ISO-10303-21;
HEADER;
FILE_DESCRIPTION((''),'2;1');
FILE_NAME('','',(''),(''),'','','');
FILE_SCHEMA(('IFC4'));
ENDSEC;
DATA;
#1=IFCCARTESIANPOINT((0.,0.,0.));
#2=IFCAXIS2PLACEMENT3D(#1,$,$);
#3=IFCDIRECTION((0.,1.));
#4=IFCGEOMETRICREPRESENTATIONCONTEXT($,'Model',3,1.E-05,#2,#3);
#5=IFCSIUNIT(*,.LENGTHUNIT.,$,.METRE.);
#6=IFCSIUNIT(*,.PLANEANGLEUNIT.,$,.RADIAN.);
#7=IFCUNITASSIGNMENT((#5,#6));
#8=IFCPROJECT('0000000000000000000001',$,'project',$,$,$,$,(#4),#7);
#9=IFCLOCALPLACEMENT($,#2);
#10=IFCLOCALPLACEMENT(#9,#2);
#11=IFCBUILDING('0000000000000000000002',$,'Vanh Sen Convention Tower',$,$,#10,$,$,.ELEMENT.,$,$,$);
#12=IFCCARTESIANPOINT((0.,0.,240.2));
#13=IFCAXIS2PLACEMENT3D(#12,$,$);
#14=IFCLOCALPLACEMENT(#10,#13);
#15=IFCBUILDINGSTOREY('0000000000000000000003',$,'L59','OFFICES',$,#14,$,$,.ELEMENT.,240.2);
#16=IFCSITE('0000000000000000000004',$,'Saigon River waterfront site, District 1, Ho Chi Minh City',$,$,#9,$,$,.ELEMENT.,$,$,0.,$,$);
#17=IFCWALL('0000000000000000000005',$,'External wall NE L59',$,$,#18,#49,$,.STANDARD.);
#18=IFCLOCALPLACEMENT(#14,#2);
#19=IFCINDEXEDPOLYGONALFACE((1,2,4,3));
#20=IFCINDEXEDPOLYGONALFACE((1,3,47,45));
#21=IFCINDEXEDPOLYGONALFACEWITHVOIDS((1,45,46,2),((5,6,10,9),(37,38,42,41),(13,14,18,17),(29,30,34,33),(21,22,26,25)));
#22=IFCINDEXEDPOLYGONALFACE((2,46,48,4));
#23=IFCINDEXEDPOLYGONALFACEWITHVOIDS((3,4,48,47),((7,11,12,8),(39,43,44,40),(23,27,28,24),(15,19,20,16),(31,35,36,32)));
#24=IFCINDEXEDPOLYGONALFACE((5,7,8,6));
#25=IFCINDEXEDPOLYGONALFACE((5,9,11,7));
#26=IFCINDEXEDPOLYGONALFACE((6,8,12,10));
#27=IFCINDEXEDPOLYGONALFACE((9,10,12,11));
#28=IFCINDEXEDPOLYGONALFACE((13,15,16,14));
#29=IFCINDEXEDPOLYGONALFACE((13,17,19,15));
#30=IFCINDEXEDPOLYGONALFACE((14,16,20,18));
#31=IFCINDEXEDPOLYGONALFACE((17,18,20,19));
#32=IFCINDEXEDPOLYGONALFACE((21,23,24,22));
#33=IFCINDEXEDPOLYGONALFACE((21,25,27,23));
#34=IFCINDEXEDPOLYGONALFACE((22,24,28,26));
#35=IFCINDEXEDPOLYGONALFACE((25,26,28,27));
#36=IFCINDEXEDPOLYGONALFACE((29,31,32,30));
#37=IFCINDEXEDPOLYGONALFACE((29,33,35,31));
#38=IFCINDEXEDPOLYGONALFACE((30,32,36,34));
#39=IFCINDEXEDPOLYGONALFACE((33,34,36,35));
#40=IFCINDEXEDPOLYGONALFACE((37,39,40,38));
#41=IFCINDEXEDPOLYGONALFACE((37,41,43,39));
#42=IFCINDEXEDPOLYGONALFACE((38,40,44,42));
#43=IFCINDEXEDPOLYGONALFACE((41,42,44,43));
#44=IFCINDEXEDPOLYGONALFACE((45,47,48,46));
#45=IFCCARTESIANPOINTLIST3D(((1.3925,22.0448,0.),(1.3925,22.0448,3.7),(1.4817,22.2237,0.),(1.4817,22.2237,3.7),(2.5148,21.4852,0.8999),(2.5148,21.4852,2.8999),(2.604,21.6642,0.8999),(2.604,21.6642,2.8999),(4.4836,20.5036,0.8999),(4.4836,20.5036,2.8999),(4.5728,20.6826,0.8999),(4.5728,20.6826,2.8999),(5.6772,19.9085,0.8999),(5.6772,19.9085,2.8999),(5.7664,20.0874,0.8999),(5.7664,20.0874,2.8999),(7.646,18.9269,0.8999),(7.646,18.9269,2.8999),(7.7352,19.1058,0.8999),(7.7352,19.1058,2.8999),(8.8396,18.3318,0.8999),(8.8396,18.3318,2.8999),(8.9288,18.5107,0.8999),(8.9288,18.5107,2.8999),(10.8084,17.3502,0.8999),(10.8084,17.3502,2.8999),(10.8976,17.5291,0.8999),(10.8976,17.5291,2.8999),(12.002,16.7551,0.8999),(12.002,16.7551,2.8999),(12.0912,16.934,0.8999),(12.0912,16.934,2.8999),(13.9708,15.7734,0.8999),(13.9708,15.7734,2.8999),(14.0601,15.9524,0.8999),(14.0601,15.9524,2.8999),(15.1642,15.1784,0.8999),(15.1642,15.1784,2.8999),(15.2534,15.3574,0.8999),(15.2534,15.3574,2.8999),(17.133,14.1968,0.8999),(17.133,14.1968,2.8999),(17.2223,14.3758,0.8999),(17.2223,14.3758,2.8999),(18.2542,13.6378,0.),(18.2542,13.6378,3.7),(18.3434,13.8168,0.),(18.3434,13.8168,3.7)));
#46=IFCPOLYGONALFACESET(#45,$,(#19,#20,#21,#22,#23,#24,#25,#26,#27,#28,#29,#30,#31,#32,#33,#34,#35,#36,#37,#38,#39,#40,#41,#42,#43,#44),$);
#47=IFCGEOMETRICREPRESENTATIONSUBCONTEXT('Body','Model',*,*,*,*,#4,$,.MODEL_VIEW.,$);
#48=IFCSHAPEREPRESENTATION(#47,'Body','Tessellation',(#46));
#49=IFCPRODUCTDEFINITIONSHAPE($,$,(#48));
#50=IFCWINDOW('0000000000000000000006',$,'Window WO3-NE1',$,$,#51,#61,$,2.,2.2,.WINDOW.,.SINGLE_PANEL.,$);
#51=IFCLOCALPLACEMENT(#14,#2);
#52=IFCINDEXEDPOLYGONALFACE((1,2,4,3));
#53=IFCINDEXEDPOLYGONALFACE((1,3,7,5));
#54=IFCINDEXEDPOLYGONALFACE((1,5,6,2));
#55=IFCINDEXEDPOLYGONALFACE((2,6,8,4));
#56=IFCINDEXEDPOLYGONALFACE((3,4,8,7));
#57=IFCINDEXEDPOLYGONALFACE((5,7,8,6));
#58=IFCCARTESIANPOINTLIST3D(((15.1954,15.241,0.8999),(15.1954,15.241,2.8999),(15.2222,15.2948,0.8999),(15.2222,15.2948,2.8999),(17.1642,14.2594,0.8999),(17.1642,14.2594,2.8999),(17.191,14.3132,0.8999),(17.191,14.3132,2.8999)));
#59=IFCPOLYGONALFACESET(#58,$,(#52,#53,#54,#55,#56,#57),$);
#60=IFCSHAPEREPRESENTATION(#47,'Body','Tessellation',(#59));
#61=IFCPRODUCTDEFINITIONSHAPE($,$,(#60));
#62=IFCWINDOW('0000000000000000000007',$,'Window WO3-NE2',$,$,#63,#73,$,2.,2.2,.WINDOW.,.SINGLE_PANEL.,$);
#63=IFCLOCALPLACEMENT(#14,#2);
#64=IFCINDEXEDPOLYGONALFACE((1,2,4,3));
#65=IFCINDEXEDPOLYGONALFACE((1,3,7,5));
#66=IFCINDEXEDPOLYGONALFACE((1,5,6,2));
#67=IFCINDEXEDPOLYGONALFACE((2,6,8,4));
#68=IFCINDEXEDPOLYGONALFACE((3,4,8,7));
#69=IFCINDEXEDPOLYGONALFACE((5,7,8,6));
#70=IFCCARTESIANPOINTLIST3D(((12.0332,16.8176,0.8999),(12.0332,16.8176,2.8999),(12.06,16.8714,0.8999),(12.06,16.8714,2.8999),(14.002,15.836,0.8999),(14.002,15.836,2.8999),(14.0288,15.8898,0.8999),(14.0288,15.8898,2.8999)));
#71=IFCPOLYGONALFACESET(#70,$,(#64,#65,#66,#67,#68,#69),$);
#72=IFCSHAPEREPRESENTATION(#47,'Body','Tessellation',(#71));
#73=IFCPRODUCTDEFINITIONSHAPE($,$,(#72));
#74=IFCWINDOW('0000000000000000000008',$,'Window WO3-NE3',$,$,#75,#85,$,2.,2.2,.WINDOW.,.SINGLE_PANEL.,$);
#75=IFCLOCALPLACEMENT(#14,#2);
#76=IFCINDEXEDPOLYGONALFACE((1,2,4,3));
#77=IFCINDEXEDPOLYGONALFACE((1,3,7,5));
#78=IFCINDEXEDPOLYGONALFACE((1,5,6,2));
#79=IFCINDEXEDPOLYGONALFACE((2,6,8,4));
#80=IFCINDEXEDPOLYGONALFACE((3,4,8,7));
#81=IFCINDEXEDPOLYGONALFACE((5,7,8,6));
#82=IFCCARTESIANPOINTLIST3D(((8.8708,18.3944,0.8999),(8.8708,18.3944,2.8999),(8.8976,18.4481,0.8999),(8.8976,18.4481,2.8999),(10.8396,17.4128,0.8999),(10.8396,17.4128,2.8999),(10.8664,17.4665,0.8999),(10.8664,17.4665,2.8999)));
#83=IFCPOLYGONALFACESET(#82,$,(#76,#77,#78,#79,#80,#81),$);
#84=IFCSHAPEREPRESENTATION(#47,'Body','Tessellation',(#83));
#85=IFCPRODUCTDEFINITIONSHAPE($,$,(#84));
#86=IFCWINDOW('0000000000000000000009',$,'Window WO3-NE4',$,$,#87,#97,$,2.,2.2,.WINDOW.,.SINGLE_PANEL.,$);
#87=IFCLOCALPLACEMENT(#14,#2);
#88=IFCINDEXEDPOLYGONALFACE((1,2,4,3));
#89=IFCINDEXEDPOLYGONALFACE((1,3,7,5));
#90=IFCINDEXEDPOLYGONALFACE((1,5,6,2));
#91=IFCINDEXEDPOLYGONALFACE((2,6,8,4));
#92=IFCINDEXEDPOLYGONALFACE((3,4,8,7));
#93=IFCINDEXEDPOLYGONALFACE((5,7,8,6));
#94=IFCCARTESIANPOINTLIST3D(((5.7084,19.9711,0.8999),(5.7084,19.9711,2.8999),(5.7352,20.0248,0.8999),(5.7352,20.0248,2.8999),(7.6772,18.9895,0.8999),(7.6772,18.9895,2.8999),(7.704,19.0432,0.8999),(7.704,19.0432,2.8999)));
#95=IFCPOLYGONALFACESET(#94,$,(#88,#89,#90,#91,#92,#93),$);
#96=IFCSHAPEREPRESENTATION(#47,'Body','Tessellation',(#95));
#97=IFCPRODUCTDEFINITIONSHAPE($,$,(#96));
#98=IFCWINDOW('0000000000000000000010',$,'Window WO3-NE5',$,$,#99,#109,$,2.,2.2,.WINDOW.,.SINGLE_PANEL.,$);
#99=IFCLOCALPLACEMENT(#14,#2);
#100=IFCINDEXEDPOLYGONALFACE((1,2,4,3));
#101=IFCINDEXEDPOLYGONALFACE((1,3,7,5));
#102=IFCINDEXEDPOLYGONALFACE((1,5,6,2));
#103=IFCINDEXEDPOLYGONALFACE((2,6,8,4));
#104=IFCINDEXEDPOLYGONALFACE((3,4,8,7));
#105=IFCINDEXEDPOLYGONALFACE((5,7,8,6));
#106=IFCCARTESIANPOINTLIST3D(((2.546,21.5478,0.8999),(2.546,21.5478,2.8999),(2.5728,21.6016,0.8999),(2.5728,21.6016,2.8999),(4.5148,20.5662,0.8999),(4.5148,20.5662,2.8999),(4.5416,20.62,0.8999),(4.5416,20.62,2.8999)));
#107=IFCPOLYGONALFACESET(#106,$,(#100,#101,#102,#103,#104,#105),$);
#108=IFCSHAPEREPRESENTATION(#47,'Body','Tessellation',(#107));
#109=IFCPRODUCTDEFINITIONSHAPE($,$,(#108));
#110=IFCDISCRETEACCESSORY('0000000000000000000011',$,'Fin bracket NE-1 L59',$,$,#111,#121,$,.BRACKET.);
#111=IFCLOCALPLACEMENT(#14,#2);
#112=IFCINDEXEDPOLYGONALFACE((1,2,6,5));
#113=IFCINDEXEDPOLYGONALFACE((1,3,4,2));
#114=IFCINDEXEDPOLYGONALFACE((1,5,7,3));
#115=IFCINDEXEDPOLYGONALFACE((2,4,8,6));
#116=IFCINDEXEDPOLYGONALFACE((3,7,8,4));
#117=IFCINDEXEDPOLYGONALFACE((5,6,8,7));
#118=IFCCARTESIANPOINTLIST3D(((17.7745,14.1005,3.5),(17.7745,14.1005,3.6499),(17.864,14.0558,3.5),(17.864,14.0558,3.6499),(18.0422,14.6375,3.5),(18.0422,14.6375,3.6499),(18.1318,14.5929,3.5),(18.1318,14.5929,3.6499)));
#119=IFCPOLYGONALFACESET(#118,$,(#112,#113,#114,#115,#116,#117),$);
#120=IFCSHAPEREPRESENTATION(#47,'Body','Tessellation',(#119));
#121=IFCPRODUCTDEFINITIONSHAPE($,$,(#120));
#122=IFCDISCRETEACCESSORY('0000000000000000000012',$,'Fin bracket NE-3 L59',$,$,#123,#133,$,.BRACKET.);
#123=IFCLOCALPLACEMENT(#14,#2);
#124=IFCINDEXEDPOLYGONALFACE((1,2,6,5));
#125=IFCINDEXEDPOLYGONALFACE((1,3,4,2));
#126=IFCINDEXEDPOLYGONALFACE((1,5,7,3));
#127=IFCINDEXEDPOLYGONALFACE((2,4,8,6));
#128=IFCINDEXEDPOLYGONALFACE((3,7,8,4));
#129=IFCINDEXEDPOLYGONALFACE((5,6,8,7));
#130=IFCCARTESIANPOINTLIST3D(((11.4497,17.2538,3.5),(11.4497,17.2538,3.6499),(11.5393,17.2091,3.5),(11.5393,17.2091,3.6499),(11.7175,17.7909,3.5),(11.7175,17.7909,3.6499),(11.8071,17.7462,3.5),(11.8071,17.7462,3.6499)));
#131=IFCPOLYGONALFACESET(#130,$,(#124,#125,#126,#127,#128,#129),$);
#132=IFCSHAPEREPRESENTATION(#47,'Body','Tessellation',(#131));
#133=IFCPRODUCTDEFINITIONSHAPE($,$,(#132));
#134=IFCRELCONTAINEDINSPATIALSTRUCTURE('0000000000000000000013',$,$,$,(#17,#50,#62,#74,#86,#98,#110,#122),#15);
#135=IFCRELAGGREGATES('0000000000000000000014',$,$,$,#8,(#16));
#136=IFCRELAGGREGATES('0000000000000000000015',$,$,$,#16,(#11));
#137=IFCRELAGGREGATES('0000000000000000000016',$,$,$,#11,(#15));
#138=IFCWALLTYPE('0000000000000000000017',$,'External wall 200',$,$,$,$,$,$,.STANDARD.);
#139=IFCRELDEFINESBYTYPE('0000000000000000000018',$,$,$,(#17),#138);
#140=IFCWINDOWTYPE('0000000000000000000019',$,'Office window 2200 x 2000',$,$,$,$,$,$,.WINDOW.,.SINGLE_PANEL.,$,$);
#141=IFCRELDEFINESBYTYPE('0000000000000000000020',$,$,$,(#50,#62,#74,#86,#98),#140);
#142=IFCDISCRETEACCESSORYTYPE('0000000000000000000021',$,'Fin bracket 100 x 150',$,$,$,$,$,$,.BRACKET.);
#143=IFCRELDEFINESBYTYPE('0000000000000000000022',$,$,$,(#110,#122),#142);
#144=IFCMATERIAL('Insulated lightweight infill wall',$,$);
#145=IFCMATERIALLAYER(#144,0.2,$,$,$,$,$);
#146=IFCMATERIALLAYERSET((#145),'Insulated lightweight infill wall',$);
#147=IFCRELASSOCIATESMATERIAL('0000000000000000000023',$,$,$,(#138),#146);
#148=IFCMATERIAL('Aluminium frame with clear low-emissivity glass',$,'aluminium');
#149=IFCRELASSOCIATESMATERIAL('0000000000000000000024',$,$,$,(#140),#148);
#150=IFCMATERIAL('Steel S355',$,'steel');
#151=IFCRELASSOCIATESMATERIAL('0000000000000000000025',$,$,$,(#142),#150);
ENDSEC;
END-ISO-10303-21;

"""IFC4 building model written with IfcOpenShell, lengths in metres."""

from ifc_helpers import new_model, si_unit, direction, frame, frame_2d, origin, origin_2d, place, context, subcontext, project, spatial, rectangle, extrude, material, layer, layer_set, type_object, element, fill, save


model = new_model("IFC4")

# Units and contexts
model_context = context("Model", 3, precision=1e-05, world=origin(), true_north=direction((0.0, 1.0)))
body_context = subcontext(model_context, "Body", "Model", "MODEL_VIEW")
ifc_project = project(units=[si_unit("LENGTHUNIT", "METRE"), si_unit("PLANEANGLEUNIT", "RADIAN")], contexts=[model_context])

# Site, building, storey
site_placement = place(None, origin())
site = spatial("IfcSite", under=ifc_project, at=site_placement, Name="Saigon River waterfront site, District 1, Ho Chi Minh City", CompositionType="ELEMENT", RefElevation=0.0)
building_placement = place(site_placement, origin())
building = spatial("IfcBuilding", under=site, at=building_placement, Name="Vanh Sen Convention Tower", CompositionType="ELEMENT")
storey_placement = place(building_placement, frame((0.0, 0.0, 240.2)))
storey = spatial("IfcBuildingStorey", under=building, at=storey_placement, Name="L59", Description="OFFICES", CompositionType="ELEMENT", Elevation=240.2)

# Shared definitions
ifc_material_1 = material(Name="Insulated lightweight infill wall")
ifc_layer_1 = layer(ifc_material_1, 0.2)
ifc_layer_set_1 = layer_set([ifc_layer_1], Name="Insulated lightweight infill wall")
wall_type_1 = type_object("IfcWallType", Name="External wall 200", PredefinedType="STANDARD", material=ifc_layer_set_1)
ifc_material_2 = material(Name="Aluminium frame with clear low-emissivity glass", Category="aluminium")

# Wall, openings, windows
wall_1_placement = place(storey_placement, frame((18.2988, 13.7273, 0.0), z_axis=(0.0, 0.0, 1.0), x_axis=(-0.894935, 0.446197, 0.0)))
wall_1 = element("IfcWall", 1, at=wall_1_placement, inside=storey, type_object=wall_type_1, Name="External wall NE L59", PredefinedType="STANDARD", context=body_context, shape_type="SweptSolid", body=[
    extrude(rectangle(XDim=18.8413, YDim=0.2, at=frame_2d((9.4207, 0.0))), origin(), (0.0, 0.0, 1.0), 3.7),
])
opening_1_placement = place(wall_1_placement, frame((1.2527, 0.0, 0.8999)))
opening_1 = element("IfcOpeningElement", 2, at=opening_1_placement, cuts=wall_1, PredefinedType="OPENING", context=body_context, shape_type="SweptSolid", body=[
    extrude(rectangle(XDim=2.2, YDim=2.0, at=frame_2d((1.1001, 1.0))), frame((0.0, 0.1099, 0.0), z_axis=(0.0, -1.0, 0.0), x_axis=(1.0, 0.0, 0.0)), (0.0, 0.0, 1.0), 0.22),
])
opening_2_placement = place(wall_1_placement, frame((4.7861, 0.0, 0.8999)))
opening_2 = element("IfcOpeningElement", 3, at=opening_2_placement, cuts=wall_1, PredefinedType="OPENING", context=body_context, shape_type="SweptSolid", body=[
    extrude(rectangle(XDim=2.2, YDim=2.0, at=frame_2d((1.1001, 1.0))), frame((0.0, 0.1099, 0.0), z_axis=(0.0, -1.0, 0.0), x_axis=(1.0, 0.0, 0.0)), (0.0, 0.0, 1.0), 0.22),
])
opening_3_placement = place(wall_1_placement, frame((8.3198, 0.0, 0.8999)))
opening_3 = element("IfcOpeningElement", 4, at=opening_3_placement, cuts=wall_1, PredefinedType="OPENING", context=body_context, shape_type="SweptSolid", body=[
    extrude(rectangle(XDim=2.2, YDim=2.0, at=frame_2d((1.1001, 1.0))), frame((0.0, 0.1099, 0.0), z_axis=(0.0, -1.0, 0.0), x_axis=(1.0, 0.0, 0.0)), (0.0, 0.0, 1.0), 0.22),
])
opening_4_placement = place(wall_1_placement, frame((11.8535, 0.0, 0.8999)))
opening_4 = element("IfcOpeningElement", 5, at=opening_4_placement, cuts=wall_1, PredefinedType="OPENING", context=body_context, shape_type="SweptSolid", body=[
    extrude(rectangle(XDim=2.2, YDim=2.0, at=frame_2d((1.1001, 1.0))), frame((0.0, 0.1099, 0.0), z_axis=(0.0, -1.0, 0.0), x_axis=(1.0, 0.0, 0.0)), (0.0, 0.0, 1.0), 0.22),
])
opening_5_placement = place(wall_1_placement, frame((15.3872, 0.0, 0.8999)))
opening_5 = element("IfcOpeningElement", 6, at=opening_5_placement, cuts=wall_1, PredefinedType="OPENING", context=body_context, shape_type="SweptSolid", body=[
    extrude(rectangle(XDim=2.2, YDim=2.0, at=frame_2d((1.1001, 1.0))), frame((0.0, 0.1099, 0.0), z_axis=(0.0, -1.0, 0.0), x_axis=(1.0, 0.0, 0.0)), (0.0, 0.0, 1.0), 0.22),
])
window_type_1 = type_object("IfcWindowType", Name="Office window 2200 x 2000", PartitioningType="SINGLE_PANEL", PredefinedType="WINDOW", material=ifc_material_2)
window_1_placement = place(opening_1_placement, origin())
window_1 = element("IfcWindow", 7, at=window_1_placement, inside=storey, type_object=window_type_1, Name="Window WO3-NE1", OverallHeight=2.0, OverallWidth=2.2, PartitioningType="SINGLE_PANEL", PredefinedType="WINDOW", context=body_context, shape_type="SweptSolid", body=[
    extrude(rectangle(XDim=2.2, YDim=2.0, at=frame_2d((1.1001, 1.0))), frame((0.0, 0.03, 0.0), z_axis=(0.0, -1.0, 0.0), x_axis=(1.0, 0.0, 0.0)), (0.0, 0.0, 1.0), 0.0601),
])
fill(opening_1, window_1)
window_2_placement = place(opening_2_placement, origin())
window_2 = element("IfcWindow", 8, at=window_2_placement, inside=storey, type_object=window_type_1, Name="Window WO3-NE2", OverallHeight=2.0, OverallWidth=2.2, PartitioningType="SINGLE_PANEL", PredefinedType="WINDOW", context=body_context, shape_type="SweptSolid", body=[
    extrude(rectangle(XDim=2.2, YDim=2.0, at=frame_2d((1.1001, 1.0))), frame((0.0, 0.03, 0.0), z_axis=(0.0, -1.0, 0.0), x_axis=(1.0, 0.0, 0.0)), (0.0, 0.0, 1.0), 0.0601),
])
fill(opening_2, window_2)
window_3_placement = place(opening_3_placement, origin())
window_3 = element("IfcWindow", 9, at=window_3_placement, inside=storey, type_object=window_type_1, Name="Window WO3-NE3", OverallHeight=2.0, OverallWidth=2.2, PartitioningType="SINGLE_PANEL", PredefinedType="WINDOW", context=body_context, shape_type="SweptSolid", body=[
    extrude(rectangle(XDim=2.2, YDim=2.0, at=frame_2d((1.1001, 1.0))), frame((0.0, 0.03, 0.0), z_axis=(0.0, -1.0, 0.0), x_axis=(1.0, 0.0, 0.0)), (0.0, 0.0, 1.0), 0.0601),
])
fill(opening_3, window_3)
window_4_placement = place(opening_4_placement, origin())
window_4 = element("IfcWindow", 10, at=window_4_placement, inside=storey, type_object=window_type_1, Name="Window WO3-NE4", OverallHeight=2.0, OverallWidth=2.2, PartitioningType="SINGLE_PANEL", PredefinedType="WINDOW", context=body_context, shape_type="SweptSolid", body=[
    extrude(rectangle(XDim=2.2, YDim=2.0, at=frame_2d((1.1001, 1.0))), frame((0.0, 0.03, 0.0), z_axis=(0.0, -1.0, 0.0), x_axis=(1.0, 0.0, 0.0)), (0.0, 0.0, 1.0), 0.0601),
])
fill(opening_4, window_4)
window_5_placement = place(opening_5_placement, origin())
window_5 = element("IfcWindow", 11, at=window_5_placement, inside=storey, type_object=window_type_1, Name="Window WO3-NE5", OverallHeight=2.0, OverallWidth=2.2, PartitioningType="SINGLE_PANEL", PredefinedType="WINDOW", context=body_context, shape_type="SweptSolid", body=[
    extrude(rectangle(XDim=2.2, YDim=2.0, at=frame_2d((1.1001, 1.0))), frame((0.0, 0.03, 0.0), z_axis=(0.0, -1.0, 0.0), x_axis=(1.0, 0.0, 0.0)), (0.0, 0.0, 1.0), 0.0601),
])
fill(opening_5, window_5)

# Discrete accessories
ifc_material_3 = material(Name="Steel S355", Category="steel")
discrete_accessory_type = type_object("IfcDiscreteAccessoryType", Name="Fin bracket 100 x 150", PredefinedType="BRACKET", material=ifc_material_3)
for number, where, z_axis, x_axis, name in (
    (12, (17.9531, 14.3467, 3.5), (0.0, 0.0, 1.0), (0.446198, 0.894934, 0.0), "Fin bracket NE-1 L59"),
    (13, (11.6284, 17.5, 3.5), (0.0, 0.0, 1.0), (0.446198, 0.894934, 0.0), "Fin bracket NE-3 L59"),
):
    element("IfcDiscreteAccessory", number, at=place(storey_placement, frame(where, z_axis=z_axis, x_axis=x_axis)), inside=storey, type_object=discrete_accessory_type, Name=name, PredefinedType="BRACKET", context=body_context, shape_type="SweptSolid", body=[
        extrude(rectangle(XDim=0.6001, YDim=0.1001, at=origin_2d()), origin(), (0.0, 0.0, 1.0), 0.1499),
    ])

save(model, "model.ifc")
